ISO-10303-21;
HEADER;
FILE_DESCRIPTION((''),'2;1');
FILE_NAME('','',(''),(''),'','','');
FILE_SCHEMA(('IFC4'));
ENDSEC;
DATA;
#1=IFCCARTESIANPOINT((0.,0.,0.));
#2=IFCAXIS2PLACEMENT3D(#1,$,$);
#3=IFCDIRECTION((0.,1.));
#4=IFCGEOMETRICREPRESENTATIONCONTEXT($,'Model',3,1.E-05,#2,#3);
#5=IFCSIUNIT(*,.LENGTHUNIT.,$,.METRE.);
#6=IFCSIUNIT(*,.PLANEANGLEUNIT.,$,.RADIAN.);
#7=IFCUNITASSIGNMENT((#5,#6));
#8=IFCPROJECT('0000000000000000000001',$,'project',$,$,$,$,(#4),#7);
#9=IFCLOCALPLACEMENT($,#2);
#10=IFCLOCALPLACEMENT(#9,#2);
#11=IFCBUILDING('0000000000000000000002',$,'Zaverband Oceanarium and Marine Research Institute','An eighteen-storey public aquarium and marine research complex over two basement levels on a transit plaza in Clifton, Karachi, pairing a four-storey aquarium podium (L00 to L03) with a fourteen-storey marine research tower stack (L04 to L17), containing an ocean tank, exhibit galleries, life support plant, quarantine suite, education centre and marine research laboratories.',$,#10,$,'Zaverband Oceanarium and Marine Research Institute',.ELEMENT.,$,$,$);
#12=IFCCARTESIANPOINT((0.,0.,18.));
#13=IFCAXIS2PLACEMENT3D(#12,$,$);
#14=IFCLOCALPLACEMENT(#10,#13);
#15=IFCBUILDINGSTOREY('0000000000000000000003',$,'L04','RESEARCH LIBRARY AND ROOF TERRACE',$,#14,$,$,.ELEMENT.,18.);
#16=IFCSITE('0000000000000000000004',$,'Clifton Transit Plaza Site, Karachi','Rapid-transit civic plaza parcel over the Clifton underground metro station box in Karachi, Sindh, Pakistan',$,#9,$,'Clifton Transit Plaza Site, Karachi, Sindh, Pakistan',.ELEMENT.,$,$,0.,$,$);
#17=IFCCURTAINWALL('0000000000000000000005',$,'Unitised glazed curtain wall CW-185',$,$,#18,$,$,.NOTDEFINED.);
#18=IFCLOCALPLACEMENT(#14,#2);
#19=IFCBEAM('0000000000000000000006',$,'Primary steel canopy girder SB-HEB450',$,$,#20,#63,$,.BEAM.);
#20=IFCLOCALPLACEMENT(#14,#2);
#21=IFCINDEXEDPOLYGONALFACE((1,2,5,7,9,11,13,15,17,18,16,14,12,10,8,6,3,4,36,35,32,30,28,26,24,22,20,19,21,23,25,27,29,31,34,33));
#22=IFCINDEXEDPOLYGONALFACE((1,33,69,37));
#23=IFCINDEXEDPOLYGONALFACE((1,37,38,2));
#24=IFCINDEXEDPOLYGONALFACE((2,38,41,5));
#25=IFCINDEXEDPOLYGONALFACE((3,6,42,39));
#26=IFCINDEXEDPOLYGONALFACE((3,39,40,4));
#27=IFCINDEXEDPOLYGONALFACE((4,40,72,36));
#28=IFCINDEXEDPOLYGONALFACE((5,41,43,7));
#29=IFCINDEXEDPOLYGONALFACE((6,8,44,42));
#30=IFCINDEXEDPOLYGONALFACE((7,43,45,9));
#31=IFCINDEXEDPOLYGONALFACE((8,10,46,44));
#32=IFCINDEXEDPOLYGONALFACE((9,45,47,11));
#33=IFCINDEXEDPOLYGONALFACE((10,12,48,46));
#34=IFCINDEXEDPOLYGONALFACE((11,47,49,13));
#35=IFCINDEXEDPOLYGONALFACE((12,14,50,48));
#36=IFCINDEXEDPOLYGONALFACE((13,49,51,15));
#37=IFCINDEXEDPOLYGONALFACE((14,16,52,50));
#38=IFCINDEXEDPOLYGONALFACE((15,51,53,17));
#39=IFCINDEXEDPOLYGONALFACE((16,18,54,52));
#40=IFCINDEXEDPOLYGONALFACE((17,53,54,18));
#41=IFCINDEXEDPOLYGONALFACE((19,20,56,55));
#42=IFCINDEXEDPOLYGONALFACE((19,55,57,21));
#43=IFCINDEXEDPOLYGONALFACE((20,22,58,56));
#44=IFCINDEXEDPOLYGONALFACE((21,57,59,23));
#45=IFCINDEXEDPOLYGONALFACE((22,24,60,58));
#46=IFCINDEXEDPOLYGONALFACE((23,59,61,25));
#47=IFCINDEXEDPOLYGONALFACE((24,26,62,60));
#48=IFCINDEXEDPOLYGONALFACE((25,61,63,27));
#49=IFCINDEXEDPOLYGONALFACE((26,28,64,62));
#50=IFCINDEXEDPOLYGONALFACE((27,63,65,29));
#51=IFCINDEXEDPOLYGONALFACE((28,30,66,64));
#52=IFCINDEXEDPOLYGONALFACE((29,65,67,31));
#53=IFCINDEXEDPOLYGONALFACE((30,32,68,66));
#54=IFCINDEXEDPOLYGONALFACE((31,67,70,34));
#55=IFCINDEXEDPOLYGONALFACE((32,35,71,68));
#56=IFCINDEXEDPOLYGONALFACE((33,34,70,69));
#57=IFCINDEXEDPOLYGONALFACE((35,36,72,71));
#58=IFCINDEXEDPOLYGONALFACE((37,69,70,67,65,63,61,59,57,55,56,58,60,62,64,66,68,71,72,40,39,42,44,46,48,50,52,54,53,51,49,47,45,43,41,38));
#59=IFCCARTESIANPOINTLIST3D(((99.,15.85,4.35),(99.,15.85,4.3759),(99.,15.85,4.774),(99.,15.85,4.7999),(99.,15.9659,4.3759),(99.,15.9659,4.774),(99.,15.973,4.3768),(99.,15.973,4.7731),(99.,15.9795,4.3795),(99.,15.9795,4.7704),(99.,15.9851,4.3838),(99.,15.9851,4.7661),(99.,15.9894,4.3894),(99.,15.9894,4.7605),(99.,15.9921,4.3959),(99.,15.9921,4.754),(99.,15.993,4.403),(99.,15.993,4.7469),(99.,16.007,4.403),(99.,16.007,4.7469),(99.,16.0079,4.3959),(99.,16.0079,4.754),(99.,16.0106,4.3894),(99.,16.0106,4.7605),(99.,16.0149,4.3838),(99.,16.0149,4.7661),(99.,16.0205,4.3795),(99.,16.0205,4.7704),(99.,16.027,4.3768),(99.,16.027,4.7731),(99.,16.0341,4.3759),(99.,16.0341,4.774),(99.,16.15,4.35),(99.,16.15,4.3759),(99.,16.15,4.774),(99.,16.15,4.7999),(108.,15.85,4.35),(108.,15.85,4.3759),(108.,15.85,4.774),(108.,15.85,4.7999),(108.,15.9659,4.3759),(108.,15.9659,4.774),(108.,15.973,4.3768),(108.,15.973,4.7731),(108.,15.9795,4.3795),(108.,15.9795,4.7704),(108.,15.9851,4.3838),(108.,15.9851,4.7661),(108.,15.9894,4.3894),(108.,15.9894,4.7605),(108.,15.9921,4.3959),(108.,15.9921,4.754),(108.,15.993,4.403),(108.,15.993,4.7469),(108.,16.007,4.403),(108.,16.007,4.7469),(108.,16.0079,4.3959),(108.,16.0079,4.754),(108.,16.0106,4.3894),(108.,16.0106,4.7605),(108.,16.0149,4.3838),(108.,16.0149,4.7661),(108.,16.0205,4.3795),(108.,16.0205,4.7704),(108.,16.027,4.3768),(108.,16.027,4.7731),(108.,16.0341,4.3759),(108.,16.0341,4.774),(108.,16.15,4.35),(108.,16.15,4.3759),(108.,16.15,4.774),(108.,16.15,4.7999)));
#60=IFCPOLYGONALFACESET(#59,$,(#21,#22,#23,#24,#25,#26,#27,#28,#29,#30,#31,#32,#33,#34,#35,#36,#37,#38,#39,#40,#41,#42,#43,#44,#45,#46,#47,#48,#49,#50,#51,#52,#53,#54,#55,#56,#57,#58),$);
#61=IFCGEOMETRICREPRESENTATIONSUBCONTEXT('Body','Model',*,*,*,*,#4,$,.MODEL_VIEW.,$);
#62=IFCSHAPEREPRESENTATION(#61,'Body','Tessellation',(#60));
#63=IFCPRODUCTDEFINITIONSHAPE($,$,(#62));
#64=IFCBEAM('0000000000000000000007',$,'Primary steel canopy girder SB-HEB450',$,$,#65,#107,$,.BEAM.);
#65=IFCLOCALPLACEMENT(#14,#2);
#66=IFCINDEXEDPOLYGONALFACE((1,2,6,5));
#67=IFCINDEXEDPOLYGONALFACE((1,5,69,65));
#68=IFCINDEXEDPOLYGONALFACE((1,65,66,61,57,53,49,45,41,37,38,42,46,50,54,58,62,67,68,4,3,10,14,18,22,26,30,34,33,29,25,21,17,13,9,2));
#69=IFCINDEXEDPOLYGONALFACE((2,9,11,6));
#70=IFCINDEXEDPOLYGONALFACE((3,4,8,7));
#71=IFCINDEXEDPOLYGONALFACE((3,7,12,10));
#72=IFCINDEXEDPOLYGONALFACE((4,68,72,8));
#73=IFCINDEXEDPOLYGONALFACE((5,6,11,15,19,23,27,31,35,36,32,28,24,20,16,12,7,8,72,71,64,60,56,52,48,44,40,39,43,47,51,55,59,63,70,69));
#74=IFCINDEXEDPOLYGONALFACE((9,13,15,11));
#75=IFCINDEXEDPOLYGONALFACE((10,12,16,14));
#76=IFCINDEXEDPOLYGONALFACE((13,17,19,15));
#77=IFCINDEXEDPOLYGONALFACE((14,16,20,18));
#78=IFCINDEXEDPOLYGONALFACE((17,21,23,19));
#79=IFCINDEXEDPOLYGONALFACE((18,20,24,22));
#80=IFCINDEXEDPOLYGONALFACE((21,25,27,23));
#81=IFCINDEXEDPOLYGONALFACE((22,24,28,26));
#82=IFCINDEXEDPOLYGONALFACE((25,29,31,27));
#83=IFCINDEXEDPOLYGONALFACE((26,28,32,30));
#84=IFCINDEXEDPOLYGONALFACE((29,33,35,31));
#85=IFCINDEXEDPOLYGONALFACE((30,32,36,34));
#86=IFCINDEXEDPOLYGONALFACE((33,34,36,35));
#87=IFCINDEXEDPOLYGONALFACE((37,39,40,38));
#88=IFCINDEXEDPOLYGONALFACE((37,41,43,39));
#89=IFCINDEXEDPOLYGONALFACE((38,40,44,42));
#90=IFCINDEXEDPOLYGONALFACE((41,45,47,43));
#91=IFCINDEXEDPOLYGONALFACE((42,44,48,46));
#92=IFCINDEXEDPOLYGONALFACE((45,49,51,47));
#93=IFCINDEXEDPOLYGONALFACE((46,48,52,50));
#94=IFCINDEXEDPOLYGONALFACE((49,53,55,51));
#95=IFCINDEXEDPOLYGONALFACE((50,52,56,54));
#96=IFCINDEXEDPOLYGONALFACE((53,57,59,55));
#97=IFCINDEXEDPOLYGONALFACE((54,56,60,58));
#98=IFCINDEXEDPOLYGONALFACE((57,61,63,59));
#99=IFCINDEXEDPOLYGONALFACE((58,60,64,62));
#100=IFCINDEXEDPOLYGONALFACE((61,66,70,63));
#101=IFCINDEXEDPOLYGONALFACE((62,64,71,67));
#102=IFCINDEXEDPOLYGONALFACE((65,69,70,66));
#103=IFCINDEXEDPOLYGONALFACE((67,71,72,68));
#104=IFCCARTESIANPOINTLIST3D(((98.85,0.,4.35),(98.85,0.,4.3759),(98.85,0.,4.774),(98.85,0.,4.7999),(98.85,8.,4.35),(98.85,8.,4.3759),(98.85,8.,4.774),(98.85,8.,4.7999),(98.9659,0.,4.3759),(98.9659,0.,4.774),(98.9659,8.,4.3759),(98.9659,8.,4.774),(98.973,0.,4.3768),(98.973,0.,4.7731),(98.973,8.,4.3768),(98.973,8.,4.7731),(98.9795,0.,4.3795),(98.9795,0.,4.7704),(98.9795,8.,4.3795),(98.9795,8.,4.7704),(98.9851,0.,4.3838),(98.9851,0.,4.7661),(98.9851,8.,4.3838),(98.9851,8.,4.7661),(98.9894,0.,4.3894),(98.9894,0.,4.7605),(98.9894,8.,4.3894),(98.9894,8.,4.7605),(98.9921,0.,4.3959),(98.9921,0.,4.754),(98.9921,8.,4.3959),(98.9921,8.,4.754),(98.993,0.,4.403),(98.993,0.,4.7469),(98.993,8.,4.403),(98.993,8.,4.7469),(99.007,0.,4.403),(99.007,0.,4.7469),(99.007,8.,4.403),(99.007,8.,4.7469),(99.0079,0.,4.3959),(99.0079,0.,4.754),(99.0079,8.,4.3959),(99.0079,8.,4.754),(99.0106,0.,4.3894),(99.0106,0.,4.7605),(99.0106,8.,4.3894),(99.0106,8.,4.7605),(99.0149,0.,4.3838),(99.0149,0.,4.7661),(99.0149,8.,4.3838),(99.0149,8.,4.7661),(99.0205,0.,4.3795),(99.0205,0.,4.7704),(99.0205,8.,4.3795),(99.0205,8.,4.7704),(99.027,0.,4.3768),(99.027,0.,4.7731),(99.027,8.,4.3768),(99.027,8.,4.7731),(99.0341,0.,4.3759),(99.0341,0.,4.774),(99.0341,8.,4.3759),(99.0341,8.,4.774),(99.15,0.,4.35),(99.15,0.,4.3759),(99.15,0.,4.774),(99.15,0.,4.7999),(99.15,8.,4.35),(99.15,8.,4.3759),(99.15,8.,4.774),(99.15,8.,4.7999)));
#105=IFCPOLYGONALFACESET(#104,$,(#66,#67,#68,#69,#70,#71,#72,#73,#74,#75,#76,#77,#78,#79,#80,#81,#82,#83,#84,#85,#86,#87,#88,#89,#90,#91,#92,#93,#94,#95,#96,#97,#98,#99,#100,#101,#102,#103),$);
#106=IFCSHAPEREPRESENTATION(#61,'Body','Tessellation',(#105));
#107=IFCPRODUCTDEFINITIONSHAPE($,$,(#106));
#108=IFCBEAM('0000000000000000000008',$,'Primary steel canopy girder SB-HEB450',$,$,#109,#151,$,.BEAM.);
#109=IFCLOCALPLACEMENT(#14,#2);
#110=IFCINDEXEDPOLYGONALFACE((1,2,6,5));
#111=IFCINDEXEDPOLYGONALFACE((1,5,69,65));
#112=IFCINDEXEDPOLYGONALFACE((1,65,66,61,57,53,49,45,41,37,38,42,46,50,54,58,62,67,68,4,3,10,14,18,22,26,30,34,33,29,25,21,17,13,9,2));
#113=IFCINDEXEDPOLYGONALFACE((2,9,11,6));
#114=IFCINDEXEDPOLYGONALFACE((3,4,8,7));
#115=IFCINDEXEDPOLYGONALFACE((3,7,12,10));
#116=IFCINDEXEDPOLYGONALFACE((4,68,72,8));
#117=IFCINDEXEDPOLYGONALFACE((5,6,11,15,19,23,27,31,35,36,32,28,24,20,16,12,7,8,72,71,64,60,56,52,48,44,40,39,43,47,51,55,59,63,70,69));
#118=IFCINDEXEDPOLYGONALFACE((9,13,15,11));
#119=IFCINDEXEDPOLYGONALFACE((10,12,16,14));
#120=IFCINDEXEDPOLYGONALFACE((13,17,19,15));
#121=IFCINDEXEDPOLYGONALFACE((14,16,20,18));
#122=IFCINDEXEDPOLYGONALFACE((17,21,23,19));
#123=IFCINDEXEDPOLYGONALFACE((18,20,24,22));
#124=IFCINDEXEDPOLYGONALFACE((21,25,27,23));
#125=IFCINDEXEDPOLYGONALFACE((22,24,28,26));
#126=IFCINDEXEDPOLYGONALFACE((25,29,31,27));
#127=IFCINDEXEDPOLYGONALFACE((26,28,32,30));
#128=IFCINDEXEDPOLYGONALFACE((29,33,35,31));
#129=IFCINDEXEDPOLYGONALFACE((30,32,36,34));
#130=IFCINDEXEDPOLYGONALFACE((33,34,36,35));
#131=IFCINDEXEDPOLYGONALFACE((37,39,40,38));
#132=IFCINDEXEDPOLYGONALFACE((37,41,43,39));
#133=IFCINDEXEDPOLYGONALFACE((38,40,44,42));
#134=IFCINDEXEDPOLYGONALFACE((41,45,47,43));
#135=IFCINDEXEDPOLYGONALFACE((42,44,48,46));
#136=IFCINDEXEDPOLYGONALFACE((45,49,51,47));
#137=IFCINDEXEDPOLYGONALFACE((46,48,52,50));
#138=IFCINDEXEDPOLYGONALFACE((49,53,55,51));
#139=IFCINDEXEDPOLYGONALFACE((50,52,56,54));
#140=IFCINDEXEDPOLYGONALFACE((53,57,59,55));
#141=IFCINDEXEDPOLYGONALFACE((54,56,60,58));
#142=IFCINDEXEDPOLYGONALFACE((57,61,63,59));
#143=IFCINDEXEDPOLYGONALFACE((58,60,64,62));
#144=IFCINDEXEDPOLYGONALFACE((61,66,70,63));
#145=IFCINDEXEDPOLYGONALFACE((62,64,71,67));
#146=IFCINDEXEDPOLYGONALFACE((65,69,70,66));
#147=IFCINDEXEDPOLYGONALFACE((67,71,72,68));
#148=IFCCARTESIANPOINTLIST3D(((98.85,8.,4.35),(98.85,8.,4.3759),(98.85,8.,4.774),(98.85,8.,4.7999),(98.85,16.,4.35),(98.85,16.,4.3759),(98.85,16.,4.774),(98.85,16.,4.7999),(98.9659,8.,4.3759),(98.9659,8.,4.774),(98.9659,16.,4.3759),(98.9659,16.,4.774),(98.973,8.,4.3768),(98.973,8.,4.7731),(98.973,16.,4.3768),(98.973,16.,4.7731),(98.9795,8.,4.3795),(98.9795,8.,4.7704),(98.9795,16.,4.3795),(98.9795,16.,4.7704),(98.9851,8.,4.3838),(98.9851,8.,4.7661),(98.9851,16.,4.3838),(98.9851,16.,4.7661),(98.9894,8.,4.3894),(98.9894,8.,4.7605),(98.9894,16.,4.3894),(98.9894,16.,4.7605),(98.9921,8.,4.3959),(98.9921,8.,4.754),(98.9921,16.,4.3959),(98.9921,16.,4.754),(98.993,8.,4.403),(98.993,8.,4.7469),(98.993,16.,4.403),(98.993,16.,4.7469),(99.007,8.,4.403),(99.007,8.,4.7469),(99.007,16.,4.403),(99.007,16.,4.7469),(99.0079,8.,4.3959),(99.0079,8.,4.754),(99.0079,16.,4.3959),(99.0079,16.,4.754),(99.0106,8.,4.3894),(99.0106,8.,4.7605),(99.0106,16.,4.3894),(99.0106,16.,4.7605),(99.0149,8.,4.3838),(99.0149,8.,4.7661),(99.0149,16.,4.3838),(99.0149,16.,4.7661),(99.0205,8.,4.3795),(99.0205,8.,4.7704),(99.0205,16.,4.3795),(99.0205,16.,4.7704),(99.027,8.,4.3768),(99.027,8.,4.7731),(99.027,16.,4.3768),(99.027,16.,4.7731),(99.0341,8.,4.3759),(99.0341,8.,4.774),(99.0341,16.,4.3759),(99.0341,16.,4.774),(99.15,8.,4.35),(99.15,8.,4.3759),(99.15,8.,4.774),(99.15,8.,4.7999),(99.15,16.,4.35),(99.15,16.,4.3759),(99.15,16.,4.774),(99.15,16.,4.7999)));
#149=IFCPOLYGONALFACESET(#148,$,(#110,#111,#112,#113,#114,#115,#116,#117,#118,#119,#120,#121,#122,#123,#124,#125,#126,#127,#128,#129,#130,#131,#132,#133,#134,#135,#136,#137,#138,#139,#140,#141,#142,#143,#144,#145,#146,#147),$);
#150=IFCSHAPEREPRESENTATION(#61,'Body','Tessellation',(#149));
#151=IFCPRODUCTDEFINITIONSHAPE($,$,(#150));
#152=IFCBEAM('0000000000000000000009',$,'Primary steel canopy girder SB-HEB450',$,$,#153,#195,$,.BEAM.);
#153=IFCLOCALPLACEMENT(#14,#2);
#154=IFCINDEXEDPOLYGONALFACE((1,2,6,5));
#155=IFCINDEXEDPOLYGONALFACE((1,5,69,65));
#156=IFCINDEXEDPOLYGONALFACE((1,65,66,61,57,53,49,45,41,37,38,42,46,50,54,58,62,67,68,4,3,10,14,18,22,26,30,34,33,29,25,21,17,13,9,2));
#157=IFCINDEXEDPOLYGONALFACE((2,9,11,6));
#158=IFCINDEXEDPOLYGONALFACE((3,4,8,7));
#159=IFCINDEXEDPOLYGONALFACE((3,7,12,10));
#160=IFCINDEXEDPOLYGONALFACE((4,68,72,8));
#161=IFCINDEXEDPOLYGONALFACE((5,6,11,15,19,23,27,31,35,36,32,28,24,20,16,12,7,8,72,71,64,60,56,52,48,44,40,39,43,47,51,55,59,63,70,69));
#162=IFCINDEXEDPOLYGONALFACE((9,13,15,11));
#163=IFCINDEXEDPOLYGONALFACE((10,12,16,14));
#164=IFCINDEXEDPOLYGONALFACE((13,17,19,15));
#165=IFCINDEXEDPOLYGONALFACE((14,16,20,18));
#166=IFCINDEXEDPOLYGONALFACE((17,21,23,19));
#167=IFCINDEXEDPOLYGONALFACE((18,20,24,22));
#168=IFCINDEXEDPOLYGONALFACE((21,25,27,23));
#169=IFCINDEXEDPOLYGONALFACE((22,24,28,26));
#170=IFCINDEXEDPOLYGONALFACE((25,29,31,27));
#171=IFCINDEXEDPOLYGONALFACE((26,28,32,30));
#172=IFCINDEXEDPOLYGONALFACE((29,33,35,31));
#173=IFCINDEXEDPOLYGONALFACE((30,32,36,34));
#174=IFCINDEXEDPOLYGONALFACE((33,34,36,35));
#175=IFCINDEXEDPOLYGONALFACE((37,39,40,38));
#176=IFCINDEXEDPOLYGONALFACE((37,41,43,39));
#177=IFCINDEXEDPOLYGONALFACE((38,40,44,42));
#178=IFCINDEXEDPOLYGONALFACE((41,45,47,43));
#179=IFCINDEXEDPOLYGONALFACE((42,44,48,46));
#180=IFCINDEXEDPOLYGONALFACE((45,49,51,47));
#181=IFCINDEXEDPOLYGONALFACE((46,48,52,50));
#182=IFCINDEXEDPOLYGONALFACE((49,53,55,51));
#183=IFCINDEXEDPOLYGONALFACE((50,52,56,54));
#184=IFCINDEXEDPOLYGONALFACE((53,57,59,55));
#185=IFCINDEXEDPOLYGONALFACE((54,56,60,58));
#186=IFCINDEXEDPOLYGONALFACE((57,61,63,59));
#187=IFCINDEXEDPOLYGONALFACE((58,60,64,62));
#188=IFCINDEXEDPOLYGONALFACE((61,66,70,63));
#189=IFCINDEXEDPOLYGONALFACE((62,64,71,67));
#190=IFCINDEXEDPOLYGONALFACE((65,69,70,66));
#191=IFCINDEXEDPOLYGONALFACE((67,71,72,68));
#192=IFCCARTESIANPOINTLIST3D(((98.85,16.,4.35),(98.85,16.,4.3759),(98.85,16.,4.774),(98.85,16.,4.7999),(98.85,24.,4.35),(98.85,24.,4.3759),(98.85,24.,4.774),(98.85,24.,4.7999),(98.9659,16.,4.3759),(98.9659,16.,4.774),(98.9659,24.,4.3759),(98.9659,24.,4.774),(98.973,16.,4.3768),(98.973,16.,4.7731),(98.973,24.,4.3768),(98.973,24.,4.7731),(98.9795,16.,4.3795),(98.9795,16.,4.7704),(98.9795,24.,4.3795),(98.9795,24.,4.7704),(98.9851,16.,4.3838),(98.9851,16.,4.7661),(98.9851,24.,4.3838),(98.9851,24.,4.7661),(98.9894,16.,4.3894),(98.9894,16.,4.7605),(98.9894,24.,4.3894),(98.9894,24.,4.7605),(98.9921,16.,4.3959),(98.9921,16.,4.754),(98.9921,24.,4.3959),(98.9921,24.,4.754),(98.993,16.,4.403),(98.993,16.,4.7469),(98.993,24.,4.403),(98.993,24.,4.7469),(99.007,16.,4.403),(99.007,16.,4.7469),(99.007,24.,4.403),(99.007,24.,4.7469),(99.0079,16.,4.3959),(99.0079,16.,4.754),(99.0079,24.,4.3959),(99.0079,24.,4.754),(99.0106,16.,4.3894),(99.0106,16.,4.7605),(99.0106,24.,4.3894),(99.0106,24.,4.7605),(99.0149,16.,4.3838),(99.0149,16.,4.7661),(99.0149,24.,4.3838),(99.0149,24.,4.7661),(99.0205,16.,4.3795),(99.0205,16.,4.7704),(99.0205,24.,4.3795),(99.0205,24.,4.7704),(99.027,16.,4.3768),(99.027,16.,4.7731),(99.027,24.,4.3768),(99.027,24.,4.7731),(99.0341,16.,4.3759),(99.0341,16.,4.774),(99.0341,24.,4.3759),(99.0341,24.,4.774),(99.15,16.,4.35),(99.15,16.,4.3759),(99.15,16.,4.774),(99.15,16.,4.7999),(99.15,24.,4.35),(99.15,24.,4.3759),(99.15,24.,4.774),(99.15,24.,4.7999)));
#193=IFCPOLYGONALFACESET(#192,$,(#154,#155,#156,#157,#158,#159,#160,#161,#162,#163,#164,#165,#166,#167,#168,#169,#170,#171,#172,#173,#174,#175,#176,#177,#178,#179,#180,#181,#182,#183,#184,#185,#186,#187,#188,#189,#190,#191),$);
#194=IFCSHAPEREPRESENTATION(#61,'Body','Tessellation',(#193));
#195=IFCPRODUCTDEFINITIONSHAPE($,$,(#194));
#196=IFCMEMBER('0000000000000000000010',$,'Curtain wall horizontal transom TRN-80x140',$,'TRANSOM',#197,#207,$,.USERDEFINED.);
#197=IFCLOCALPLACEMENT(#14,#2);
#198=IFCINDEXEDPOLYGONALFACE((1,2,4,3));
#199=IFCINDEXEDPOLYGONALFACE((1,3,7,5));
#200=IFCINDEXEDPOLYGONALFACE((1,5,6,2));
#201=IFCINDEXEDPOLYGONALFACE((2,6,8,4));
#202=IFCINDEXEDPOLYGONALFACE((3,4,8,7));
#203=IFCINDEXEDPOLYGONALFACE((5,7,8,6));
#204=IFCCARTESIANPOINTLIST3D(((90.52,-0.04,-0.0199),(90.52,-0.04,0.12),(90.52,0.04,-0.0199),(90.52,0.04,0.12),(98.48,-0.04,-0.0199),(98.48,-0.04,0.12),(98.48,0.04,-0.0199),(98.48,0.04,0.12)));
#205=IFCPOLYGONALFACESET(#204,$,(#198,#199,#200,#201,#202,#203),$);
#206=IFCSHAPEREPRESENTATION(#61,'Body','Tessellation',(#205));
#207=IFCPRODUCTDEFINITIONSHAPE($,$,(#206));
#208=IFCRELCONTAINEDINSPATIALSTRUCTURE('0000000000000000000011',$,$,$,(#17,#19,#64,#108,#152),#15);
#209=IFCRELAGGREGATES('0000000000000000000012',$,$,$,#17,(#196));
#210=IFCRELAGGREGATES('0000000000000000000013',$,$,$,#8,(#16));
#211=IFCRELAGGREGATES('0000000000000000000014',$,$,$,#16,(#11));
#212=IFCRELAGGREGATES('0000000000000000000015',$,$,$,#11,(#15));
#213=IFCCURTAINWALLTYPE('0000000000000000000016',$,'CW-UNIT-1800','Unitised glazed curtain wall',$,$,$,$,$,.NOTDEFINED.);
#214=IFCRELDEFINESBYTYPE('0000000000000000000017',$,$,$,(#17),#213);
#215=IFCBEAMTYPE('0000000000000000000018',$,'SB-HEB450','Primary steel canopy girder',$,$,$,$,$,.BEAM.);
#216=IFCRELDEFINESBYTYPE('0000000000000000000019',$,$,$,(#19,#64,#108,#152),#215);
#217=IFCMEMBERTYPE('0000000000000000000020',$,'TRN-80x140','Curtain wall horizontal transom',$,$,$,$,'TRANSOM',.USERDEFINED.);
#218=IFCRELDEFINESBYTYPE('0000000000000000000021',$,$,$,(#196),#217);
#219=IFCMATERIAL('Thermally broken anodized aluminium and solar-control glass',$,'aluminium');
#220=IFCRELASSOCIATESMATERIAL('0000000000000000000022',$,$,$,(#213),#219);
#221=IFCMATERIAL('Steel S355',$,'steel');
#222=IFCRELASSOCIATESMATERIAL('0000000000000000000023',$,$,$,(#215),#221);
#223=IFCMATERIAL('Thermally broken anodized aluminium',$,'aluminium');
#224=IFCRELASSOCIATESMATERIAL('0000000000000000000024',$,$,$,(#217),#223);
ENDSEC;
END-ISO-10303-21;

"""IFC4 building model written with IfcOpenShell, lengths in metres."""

from ifc_helpers import new_model, si_unit, direction, frame, origin, origin_2d, place, context, subcontext, project, spatial, rectangle, i_section, extrude, material, material_profile, profile_set, type_object, element, aggregate, save


model = new_model("IFC4")

# Units and contexts
model_context = context("Model", 3, precision=1e-05, world=origin(), true_north=direction((0.0, 1.0)))
body_context = subcontext(model_context, "Body", "Model", "MODEL_VIEW")
ifc_project = project(units=[si_unit("LENGTHUNIT", "METRE"), si_unit("PLANEANGLEUNIT", "RADIAN")], contexts=[model_context])

# Site, building, storey
site_placement = place(None, origin())
site = spatial("IfcSite", under=ifc_project, at=site_placement, Name="Clifton Transit Plaza Site, Karachi", Description="Rapid-transit civic plaza parcel over the Clifton underground metro station box in Karachi, Sindh, Pakistan", LongName="Clifton Transit Plaza Site, Karachi, Sindh, Pakistan", CompositionType="ELEMENT", RefElevation=0.0)
building_placement = place(site_placement, origin())
building = spatial("IfcBuilding", under=site, at=building_placement, Name="Zaverband Oceanarium and Marine Research Institute", Description="An eighteen-storey public aquarium and marine research complex over two basement levels on a transit plaza in Clifton, Karachi, pairing a four-storey aquarium podium (L00 to L03) with a fourteen-storey marine research tower stack (L04 to L17), containing an ocean tank, exhibit galleries, life support plant, quarantine suite, education centre and marine research laboratories.", LongName="Zaverband Oceanarium and Marine Research Institute", CompositionType="ELEMENT")
storey_placement = place(building_placement, frame((0.0, 0.0, 18.0)))
storey = spatial("IfcBuildingStorey", under=building, at=storey_placement, Name="L04", Description="RESEARCH LIBRARY AND ROOF TERRACE", CompositionType="ELEMENT", Elevation=18.0)

# Shared definitions
ifc_material_1 = material(Name="Steel S355", Category="steel")

# Curtain wall
ifc_material_2 = material(Name="Thermally broken anodized aluminium and solar-control glass", Category="aluminium")
curtain_wall_type = type_object("IfcCurtainWallType", Name="CW-UNIT-1800", Description="Unitised glazed curtain wall", PredefinedType="NOTDEFINED", material=ifc_material_2)
curtain_wall_placement = place(storey_placement, origin())
curtain_wall = element("IfcCurtainWall", 1, at=curtain_wall_placement, inside=storey, type_object=curtain_wall_type, Name="Unitised glazed curtain wall CW-185", PredefinedType="NOTDEFINED")
ifc_material_3 = material(Name="Thermally broken anodized aluminium", Category="aluminium")

# Beams
ifc_material_profile_1 = material_profile(ifc_material_1, i_section(OverallWidth=0.3, OverallDepth=0.45, WebThickness=0.0139, FlangeThickness=0.0259, FilletRadius=0.0271, at=origin_2d()), Name="HEB450")
ifc_profile_set_1 = profile_set([ifc_material_profile_1], Name="Steel S355")
beam_type_1 = type_object("IfcBeamType", Name="SB-HEB450", Description="Primary steel canopy girder", PredefinedType="BEAM", material=ifc_profile_set_1)
for number, where, z_axis, x_axis, name in (
    (2, (99.0, 16.0, 4.575), (1.0, 0.0, 0.0), (0.0, 1.0, 0.0), "Primary steel canopy girder SB-HEB450"),
):
    element("IfcBeam", number, at=place(storey_placement, frame(where, z_axis=z_axis, x_axis=x_axis)), inside=storey, type_object=beam_type_1, Name=name, PredefinedType="BEAM", context=body_context, shape_type="SweptSolid", body=[
        extrude(i_section(OverallWidth=0.3, OverallDepth=0.45, WebThickness=0.0139, FlangeThickness=0.0259, FilletRadius=0.0271, at=origin_2d()), origin(), (0.0, 0.0, 1.0), 9.0),
    ])
for number, where, z_axis, x_axis, name in (
    (3, (99.0, 0.0, 4.575), (0.0, 1.0, 0.0), (-1.0, 0.0, 0.0), "Primary steel canopy girder SB-HEB450"),
    (4, (99.0, 8.0, 4.575), (0.0, 1.0, 0.0), (-1.0, 0.0, 0.0), "Primary steel canopy girder SB-HEB450"),
    (5, (99.0, 16.0, 4.575), (0.0, 1.0, 0.0), (-1.0, 0.0, 0.0), "Primary steel canopy girder SB-HEB450"),
):
    element("IfcBeam", number, at=place(storey_placement, frame(where, z_axis=z_axis, x_axis=x_axis)), inside=storey, type_object=beam_type_1, Name=name, PredefinedType="BEAM", context=body_context, shape_type="SweptSolid", body=[
        extrude(i_section(OverallWidth=0.3, OverallDepth=0.45, WebThickness=0.0139, FlangeThickness=0.0259, FilletRadius=0.0271, at=origin_2d()), origin(), (0.0, 0.0, 1.0), 8.0),
    ])

# Member
ifc_material_profile_2 = material_profile(ifc_material_3, rectangle(XDim=0.0801, YDim=0.1399, at=origin_2d()), Name="AL-TRN-80x140")
ifc_profile_set_2 = profile_set([ifc_material_profile_2], Name="Thermally broken anodized aluminium")
member_type_1 = type_object("IfcMemberType", Name="TRN-80x140", Description="Curtain wall horizontal transom", ElementType="TRANSOM", PredefinedType="USERDEFINED", material=ifc_profile_set_2)
member_1_placement = place(storey_placement, frame((90.52, 0.0, 0.05), z_axis=(1.0, 0.0, 0.0), x_axis=(0.0, 1.0, 0.0)))
member_1 = element("IfcMember", 6, at=member_1_placement, type_object=member_type_1, Name="Curtain wall horizontal transom TRN-80x140", ObjectType="TRANSOM", PredefinedType="USERDEFINED", context=body_context, shape_type="SweptSolid", body=[
    extrude(rectangle(XDim=0.0801, YDim=0.1399, at=origin_2d()), origin(), (0.0, 0.0, 1.0), 7.96),
])

aggregate(curtain_wall, [member_1])

save(model, "model.ifc")
